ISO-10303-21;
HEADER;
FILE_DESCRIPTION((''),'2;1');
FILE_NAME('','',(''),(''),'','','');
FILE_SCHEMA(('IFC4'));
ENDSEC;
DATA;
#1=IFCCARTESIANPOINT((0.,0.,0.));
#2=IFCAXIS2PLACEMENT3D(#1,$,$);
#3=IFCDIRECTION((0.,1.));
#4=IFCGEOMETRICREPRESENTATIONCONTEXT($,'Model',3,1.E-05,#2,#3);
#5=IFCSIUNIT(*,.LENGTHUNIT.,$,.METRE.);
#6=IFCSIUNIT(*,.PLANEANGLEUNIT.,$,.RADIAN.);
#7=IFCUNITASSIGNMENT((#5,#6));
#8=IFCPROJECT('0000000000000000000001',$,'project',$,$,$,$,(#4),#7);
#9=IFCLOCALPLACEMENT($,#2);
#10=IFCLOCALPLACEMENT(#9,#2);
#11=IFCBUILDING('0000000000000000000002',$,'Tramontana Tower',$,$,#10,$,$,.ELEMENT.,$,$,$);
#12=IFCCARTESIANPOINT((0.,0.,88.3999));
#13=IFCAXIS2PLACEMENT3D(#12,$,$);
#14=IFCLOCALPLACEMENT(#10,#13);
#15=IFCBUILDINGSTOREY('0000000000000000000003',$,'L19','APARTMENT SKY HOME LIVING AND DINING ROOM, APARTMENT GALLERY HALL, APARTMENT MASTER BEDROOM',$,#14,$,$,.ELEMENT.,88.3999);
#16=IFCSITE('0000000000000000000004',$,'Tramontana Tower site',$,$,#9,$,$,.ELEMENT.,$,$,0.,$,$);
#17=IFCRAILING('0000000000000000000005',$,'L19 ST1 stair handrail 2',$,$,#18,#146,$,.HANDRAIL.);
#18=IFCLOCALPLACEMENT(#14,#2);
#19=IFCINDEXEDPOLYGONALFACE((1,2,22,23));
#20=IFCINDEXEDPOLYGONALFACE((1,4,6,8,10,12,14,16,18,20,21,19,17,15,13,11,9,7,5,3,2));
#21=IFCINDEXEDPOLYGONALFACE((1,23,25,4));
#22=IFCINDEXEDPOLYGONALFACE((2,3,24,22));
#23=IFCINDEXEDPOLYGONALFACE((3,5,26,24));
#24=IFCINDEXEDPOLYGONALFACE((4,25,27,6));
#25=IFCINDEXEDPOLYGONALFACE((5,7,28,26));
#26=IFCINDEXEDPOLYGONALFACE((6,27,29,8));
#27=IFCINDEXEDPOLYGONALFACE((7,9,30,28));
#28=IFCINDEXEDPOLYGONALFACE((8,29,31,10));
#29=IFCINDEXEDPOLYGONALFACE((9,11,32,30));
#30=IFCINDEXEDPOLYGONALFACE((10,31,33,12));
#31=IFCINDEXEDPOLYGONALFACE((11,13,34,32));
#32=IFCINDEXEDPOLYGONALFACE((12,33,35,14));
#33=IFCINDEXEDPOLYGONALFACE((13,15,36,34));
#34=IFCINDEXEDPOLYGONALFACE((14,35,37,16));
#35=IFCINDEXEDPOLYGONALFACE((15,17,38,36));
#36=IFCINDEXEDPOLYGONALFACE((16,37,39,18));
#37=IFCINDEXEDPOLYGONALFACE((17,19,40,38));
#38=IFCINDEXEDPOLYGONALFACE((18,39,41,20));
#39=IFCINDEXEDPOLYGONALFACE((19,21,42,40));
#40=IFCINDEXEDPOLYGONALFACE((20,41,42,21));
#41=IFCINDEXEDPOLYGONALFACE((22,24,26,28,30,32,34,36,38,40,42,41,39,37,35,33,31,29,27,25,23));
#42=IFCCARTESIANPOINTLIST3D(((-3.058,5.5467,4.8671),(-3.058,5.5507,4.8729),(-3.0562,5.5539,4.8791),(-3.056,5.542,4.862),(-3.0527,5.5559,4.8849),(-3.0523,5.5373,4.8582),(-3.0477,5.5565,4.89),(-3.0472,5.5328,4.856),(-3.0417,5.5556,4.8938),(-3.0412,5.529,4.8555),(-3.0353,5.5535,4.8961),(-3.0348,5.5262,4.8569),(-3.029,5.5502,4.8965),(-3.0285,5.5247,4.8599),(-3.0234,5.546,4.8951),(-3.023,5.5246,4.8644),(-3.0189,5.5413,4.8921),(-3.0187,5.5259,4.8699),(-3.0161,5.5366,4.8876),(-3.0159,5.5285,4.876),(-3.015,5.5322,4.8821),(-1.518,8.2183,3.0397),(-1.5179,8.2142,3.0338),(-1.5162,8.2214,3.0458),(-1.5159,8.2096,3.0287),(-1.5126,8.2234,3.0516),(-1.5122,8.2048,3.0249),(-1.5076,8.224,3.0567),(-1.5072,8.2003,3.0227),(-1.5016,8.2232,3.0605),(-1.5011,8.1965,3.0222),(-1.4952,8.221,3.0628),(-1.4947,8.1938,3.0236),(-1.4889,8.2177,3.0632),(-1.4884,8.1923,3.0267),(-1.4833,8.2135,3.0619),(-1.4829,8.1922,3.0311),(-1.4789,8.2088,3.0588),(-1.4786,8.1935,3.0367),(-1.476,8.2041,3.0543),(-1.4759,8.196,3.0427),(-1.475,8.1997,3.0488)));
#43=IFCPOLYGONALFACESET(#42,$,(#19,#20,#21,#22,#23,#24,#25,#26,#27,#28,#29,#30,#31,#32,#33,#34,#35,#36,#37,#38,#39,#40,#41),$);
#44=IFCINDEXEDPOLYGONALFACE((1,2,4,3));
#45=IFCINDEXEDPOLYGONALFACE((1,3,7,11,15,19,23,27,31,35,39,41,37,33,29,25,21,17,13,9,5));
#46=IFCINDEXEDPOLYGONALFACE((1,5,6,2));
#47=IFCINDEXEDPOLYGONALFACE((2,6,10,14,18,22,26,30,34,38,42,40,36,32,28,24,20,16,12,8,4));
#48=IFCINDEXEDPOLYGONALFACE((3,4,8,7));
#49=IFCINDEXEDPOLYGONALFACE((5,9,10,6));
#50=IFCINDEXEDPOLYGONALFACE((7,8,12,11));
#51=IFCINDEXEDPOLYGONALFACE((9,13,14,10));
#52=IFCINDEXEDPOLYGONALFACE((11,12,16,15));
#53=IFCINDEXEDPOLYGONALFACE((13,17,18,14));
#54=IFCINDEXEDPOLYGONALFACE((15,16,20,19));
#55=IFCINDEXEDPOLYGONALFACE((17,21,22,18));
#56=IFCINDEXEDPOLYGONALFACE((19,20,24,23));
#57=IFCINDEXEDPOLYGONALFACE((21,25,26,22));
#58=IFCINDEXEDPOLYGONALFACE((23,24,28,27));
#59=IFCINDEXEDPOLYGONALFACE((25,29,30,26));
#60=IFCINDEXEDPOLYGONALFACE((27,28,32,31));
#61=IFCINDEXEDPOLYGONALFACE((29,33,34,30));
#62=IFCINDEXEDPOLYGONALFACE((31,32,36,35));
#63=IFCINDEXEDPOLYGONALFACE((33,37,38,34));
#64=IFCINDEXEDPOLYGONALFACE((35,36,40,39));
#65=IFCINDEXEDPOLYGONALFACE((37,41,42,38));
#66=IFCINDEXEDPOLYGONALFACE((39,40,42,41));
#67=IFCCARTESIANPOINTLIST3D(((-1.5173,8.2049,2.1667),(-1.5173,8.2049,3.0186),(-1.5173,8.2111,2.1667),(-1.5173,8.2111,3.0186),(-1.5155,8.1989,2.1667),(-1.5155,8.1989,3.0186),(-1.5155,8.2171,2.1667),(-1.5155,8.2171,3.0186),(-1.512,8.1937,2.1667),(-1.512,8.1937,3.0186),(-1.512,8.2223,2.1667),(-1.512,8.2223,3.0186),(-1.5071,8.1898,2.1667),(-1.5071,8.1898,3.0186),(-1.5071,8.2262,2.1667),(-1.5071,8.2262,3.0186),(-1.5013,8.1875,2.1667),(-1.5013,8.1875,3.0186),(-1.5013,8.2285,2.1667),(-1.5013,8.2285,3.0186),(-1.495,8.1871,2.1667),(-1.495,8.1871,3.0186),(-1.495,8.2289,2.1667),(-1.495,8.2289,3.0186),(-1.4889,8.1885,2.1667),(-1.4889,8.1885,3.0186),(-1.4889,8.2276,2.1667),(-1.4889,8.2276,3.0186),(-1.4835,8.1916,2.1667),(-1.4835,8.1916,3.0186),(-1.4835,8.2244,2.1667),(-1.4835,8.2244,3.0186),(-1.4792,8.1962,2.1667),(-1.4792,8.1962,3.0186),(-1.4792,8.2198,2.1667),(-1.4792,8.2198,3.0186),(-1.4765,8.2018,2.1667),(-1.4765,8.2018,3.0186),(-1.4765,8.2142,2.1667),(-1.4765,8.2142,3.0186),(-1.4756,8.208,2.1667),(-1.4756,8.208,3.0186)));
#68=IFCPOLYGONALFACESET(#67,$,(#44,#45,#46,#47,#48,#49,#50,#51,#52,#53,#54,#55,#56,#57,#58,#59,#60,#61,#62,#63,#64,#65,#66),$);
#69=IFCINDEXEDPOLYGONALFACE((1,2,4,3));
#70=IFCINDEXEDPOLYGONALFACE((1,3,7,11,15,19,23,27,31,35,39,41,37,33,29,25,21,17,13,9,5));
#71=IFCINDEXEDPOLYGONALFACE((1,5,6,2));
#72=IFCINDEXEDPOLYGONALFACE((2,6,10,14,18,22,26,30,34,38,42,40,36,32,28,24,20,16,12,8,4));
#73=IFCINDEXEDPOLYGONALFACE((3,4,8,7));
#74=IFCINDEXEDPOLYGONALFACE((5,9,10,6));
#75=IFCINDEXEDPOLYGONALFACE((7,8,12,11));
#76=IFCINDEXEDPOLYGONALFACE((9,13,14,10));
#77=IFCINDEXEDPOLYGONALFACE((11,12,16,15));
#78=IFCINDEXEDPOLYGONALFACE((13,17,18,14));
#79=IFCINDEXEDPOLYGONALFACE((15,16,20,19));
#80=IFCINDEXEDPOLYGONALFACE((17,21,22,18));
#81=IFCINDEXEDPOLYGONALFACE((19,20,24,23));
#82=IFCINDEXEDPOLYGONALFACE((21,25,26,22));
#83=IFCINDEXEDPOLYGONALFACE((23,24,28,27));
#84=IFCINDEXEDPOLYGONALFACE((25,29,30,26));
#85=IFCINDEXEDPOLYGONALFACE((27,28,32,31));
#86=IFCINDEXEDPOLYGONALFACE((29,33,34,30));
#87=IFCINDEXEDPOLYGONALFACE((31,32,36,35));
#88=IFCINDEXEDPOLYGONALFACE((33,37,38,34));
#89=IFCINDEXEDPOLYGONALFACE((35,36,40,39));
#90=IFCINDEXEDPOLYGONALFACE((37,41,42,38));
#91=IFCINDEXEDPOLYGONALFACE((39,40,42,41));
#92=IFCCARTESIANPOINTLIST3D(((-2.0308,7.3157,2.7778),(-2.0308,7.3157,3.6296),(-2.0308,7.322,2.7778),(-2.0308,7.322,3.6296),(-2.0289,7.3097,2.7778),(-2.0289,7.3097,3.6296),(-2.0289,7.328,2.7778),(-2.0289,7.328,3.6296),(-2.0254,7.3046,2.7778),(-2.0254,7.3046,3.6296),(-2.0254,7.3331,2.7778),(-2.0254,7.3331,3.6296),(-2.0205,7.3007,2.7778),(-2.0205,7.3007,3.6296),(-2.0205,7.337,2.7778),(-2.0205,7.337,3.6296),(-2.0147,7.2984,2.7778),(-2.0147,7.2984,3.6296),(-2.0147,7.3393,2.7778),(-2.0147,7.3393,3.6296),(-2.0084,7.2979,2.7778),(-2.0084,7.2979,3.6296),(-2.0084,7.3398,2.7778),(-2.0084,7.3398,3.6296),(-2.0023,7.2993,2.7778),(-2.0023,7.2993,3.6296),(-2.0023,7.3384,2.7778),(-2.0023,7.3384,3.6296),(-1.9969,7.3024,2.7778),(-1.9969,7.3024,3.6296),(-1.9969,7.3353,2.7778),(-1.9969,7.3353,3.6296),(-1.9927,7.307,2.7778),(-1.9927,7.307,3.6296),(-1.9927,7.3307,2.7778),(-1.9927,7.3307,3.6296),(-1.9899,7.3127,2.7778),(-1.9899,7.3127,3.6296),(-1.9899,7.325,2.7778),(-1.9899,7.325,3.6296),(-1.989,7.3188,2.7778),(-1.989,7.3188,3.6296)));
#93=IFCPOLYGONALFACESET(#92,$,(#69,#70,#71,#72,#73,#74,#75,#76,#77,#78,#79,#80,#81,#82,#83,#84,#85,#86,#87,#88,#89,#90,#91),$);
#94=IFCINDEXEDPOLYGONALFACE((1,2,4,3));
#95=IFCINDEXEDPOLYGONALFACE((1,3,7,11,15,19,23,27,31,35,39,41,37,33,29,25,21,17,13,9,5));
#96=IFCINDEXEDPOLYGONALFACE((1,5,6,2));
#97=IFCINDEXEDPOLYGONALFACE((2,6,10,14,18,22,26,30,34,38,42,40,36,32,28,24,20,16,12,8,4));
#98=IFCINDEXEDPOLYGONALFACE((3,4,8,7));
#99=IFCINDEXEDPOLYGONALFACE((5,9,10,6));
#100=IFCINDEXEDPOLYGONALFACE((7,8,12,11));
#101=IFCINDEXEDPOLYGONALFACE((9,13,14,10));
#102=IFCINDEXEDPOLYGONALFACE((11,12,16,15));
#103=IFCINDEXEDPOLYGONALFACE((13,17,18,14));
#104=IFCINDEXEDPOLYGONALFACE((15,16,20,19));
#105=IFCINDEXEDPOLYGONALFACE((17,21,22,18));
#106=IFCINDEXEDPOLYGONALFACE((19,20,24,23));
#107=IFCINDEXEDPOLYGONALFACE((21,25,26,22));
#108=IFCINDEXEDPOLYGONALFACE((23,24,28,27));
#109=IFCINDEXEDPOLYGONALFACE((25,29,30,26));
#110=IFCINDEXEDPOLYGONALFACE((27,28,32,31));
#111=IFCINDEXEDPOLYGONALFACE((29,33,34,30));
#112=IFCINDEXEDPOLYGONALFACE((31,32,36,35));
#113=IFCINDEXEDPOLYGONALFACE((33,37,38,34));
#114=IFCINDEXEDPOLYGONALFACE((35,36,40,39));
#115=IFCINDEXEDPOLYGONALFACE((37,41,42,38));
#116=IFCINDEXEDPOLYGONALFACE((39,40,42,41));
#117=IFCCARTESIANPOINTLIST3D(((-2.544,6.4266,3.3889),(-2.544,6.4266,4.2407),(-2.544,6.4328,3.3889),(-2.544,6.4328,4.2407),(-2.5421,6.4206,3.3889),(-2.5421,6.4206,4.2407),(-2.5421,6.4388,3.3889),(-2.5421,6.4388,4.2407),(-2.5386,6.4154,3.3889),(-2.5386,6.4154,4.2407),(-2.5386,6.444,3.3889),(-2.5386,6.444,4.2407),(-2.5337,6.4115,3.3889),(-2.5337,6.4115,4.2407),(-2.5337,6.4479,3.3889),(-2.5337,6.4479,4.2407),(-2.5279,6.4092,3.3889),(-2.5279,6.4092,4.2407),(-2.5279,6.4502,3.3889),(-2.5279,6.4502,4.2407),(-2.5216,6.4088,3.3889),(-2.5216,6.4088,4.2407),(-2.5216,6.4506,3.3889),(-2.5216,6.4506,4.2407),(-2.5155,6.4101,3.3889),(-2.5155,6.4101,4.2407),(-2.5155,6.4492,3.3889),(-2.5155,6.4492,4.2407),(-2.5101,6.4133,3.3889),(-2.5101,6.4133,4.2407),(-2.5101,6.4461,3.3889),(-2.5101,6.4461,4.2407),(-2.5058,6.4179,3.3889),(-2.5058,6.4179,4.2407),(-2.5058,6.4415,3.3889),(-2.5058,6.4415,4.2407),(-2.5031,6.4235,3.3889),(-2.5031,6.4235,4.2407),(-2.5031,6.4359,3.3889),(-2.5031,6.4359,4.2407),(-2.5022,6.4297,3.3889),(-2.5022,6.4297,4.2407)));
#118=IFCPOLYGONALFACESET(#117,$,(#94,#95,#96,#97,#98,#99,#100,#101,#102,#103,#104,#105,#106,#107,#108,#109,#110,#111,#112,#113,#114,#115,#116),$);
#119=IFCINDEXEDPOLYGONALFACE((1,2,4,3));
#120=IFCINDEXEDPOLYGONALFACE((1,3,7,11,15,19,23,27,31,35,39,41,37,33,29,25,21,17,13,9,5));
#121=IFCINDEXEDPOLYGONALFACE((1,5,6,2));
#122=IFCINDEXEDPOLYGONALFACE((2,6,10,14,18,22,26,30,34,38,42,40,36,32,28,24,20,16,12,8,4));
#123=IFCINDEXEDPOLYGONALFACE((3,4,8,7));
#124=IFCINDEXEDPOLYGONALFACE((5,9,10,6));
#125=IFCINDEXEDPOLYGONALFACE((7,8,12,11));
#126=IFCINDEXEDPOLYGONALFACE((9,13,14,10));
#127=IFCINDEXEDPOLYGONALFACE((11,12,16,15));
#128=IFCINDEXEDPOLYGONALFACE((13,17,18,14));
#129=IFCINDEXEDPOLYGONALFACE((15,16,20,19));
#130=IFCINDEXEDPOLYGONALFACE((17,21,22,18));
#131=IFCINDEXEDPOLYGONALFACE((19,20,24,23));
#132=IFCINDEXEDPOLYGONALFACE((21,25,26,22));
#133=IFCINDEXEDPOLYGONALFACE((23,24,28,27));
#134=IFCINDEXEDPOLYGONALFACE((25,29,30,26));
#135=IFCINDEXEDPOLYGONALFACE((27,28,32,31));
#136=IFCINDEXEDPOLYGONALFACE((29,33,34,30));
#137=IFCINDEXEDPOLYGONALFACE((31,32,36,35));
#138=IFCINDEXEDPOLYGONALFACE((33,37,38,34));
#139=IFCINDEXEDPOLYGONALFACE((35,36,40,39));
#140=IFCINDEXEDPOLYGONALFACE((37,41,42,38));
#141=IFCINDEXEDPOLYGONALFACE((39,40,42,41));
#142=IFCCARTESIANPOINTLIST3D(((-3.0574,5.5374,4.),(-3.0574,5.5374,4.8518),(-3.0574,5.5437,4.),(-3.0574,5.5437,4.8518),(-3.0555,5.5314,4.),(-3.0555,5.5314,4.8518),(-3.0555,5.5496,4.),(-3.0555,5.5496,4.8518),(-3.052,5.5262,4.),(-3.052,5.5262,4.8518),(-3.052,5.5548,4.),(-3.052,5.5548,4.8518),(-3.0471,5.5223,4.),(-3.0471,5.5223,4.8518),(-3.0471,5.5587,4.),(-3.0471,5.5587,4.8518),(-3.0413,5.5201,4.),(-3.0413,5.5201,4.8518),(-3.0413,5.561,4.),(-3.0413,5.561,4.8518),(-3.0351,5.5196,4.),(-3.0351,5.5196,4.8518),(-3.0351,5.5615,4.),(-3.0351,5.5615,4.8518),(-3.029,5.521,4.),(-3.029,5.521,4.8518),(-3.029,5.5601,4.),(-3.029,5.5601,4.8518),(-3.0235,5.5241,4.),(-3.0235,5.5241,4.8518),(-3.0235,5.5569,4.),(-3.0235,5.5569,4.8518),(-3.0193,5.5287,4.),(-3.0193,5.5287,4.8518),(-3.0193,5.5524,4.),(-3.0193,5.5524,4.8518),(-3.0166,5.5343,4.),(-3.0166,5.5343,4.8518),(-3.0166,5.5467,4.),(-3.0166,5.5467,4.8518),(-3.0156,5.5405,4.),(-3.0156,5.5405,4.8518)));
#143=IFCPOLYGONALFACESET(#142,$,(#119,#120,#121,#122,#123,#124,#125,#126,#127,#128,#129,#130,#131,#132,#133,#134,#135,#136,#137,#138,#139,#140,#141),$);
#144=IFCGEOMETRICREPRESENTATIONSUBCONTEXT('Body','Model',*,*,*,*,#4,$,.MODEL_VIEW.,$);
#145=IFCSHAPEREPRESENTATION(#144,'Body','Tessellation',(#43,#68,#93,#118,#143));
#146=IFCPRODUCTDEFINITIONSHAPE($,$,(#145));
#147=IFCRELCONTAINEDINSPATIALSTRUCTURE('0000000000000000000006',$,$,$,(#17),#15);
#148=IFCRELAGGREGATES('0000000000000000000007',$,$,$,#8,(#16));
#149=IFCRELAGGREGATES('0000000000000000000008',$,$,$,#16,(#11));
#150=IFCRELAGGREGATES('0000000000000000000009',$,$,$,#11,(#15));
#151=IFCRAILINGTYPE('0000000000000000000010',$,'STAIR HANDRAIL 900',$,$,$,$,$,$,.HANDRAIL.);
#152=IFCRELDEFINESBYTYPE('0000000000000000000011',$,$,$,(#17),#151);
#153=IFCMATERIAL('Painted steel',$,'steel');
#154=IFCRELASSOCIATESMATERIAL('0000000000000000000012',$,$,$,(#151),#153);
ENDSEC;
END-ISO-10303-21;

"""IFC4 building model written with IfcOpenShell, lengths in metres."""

from ifc_helpers import new_model, si_unit, direction, frame, origin, origin_2d, place, context, subcontext, project, spatial, circle, extrude, material, type_object, element, save


model = new_model("IFC4")

# Units and contexts
model_context = context("Model", 3, precision=1e-05, world=origin(), true_north=direction((0.0, 1.0)))
body_context = subcontext(model_context, "Body", "Model", "MODEL_VIEW")
ifc_project = project(units=[si_unit("LENGTHUNIT", "METRE"), si_unit("PLANEANGLEUNIT", "RADIAN")], contexts=[model_context])

# Site, building, storey
site_placement = place(None, origin())
site = spatial("IfcSite", under=ifc_project, at=site_placement, Name="Tramontana Tower site", CompositionType="ELEMENT", RefElevation=0.0)
building_placement = place(site_placement, origin())
building = spatial("IfcBuilding", under=site, at=building_placement, Name="Tramontana Tower", CompositionType="ELEMENT")
storey_placement = place(building_placement, frame((0.0, 0.0, 88.3999)))
storey = spatial("IfcBuildingStorey", under=building, at=storey_placement, Name="L19", Description="APARTMENT SKY HOME LIVING AND DINING ROOM, APARTMENT GALLERY HALL, APARTMENT MASTER BEDROOM", CompositionType="ELEMENT", Elevation=88.3999)

# Railing
ifc_material_1 = material(Name="Painted steel", Category="steel")
railing_type_1 = type_object("IfcRailingType", Name="STAIR HANDRAIL 900", PredefinedType="HANDRAIL", material=ifc_material_1)
railing_1_placement = place(storey_placement, frame((-1.4966, 8.208, 2.1667)))
element("IfcRailing", 1, at=railing_1_placement, inside=storey, type_object=railing_type_1, Name="L19 ST1 stair handrail 2", PredefinedType="HANDRAIL", context=body_context, shape_type="SweptSolid", body=[
    extrude(circle(Radius=0.0239, at=origin_2d()), frame((0.0, 0.0, 0.876), z_axis=(-0.429649, -0.74419, 0.511452), x_axis=(0.86603, -0.499992, 0.0)), (0.0, 0.0, 1.0), 3.5845),
    extrude(circle(Radius=0.021, at=origin_2d()), origin(), (0.0, 0.0, 1.0), 0.8518),
    extrude(circle(Radius=0.021, at=origin_2d()), frame((-0.5134, -0.8892, 0.6111)), (0.0, 0.0, 1.0), 0.8518),
    extrude(circle(Radius=0.021, at=origin_2d()), frame((-1.0266, -1.7783, 1.2222)), (0.0, 0.0, 1.0), 0.8518),
    extrude(circle(Radius=0.021, at=origin_2d()), frame((-1.54, -2.6675, 1.8333)), (0.0, 0.0, 1.0), 0.8518),
])

save(model, "model.ifc")
